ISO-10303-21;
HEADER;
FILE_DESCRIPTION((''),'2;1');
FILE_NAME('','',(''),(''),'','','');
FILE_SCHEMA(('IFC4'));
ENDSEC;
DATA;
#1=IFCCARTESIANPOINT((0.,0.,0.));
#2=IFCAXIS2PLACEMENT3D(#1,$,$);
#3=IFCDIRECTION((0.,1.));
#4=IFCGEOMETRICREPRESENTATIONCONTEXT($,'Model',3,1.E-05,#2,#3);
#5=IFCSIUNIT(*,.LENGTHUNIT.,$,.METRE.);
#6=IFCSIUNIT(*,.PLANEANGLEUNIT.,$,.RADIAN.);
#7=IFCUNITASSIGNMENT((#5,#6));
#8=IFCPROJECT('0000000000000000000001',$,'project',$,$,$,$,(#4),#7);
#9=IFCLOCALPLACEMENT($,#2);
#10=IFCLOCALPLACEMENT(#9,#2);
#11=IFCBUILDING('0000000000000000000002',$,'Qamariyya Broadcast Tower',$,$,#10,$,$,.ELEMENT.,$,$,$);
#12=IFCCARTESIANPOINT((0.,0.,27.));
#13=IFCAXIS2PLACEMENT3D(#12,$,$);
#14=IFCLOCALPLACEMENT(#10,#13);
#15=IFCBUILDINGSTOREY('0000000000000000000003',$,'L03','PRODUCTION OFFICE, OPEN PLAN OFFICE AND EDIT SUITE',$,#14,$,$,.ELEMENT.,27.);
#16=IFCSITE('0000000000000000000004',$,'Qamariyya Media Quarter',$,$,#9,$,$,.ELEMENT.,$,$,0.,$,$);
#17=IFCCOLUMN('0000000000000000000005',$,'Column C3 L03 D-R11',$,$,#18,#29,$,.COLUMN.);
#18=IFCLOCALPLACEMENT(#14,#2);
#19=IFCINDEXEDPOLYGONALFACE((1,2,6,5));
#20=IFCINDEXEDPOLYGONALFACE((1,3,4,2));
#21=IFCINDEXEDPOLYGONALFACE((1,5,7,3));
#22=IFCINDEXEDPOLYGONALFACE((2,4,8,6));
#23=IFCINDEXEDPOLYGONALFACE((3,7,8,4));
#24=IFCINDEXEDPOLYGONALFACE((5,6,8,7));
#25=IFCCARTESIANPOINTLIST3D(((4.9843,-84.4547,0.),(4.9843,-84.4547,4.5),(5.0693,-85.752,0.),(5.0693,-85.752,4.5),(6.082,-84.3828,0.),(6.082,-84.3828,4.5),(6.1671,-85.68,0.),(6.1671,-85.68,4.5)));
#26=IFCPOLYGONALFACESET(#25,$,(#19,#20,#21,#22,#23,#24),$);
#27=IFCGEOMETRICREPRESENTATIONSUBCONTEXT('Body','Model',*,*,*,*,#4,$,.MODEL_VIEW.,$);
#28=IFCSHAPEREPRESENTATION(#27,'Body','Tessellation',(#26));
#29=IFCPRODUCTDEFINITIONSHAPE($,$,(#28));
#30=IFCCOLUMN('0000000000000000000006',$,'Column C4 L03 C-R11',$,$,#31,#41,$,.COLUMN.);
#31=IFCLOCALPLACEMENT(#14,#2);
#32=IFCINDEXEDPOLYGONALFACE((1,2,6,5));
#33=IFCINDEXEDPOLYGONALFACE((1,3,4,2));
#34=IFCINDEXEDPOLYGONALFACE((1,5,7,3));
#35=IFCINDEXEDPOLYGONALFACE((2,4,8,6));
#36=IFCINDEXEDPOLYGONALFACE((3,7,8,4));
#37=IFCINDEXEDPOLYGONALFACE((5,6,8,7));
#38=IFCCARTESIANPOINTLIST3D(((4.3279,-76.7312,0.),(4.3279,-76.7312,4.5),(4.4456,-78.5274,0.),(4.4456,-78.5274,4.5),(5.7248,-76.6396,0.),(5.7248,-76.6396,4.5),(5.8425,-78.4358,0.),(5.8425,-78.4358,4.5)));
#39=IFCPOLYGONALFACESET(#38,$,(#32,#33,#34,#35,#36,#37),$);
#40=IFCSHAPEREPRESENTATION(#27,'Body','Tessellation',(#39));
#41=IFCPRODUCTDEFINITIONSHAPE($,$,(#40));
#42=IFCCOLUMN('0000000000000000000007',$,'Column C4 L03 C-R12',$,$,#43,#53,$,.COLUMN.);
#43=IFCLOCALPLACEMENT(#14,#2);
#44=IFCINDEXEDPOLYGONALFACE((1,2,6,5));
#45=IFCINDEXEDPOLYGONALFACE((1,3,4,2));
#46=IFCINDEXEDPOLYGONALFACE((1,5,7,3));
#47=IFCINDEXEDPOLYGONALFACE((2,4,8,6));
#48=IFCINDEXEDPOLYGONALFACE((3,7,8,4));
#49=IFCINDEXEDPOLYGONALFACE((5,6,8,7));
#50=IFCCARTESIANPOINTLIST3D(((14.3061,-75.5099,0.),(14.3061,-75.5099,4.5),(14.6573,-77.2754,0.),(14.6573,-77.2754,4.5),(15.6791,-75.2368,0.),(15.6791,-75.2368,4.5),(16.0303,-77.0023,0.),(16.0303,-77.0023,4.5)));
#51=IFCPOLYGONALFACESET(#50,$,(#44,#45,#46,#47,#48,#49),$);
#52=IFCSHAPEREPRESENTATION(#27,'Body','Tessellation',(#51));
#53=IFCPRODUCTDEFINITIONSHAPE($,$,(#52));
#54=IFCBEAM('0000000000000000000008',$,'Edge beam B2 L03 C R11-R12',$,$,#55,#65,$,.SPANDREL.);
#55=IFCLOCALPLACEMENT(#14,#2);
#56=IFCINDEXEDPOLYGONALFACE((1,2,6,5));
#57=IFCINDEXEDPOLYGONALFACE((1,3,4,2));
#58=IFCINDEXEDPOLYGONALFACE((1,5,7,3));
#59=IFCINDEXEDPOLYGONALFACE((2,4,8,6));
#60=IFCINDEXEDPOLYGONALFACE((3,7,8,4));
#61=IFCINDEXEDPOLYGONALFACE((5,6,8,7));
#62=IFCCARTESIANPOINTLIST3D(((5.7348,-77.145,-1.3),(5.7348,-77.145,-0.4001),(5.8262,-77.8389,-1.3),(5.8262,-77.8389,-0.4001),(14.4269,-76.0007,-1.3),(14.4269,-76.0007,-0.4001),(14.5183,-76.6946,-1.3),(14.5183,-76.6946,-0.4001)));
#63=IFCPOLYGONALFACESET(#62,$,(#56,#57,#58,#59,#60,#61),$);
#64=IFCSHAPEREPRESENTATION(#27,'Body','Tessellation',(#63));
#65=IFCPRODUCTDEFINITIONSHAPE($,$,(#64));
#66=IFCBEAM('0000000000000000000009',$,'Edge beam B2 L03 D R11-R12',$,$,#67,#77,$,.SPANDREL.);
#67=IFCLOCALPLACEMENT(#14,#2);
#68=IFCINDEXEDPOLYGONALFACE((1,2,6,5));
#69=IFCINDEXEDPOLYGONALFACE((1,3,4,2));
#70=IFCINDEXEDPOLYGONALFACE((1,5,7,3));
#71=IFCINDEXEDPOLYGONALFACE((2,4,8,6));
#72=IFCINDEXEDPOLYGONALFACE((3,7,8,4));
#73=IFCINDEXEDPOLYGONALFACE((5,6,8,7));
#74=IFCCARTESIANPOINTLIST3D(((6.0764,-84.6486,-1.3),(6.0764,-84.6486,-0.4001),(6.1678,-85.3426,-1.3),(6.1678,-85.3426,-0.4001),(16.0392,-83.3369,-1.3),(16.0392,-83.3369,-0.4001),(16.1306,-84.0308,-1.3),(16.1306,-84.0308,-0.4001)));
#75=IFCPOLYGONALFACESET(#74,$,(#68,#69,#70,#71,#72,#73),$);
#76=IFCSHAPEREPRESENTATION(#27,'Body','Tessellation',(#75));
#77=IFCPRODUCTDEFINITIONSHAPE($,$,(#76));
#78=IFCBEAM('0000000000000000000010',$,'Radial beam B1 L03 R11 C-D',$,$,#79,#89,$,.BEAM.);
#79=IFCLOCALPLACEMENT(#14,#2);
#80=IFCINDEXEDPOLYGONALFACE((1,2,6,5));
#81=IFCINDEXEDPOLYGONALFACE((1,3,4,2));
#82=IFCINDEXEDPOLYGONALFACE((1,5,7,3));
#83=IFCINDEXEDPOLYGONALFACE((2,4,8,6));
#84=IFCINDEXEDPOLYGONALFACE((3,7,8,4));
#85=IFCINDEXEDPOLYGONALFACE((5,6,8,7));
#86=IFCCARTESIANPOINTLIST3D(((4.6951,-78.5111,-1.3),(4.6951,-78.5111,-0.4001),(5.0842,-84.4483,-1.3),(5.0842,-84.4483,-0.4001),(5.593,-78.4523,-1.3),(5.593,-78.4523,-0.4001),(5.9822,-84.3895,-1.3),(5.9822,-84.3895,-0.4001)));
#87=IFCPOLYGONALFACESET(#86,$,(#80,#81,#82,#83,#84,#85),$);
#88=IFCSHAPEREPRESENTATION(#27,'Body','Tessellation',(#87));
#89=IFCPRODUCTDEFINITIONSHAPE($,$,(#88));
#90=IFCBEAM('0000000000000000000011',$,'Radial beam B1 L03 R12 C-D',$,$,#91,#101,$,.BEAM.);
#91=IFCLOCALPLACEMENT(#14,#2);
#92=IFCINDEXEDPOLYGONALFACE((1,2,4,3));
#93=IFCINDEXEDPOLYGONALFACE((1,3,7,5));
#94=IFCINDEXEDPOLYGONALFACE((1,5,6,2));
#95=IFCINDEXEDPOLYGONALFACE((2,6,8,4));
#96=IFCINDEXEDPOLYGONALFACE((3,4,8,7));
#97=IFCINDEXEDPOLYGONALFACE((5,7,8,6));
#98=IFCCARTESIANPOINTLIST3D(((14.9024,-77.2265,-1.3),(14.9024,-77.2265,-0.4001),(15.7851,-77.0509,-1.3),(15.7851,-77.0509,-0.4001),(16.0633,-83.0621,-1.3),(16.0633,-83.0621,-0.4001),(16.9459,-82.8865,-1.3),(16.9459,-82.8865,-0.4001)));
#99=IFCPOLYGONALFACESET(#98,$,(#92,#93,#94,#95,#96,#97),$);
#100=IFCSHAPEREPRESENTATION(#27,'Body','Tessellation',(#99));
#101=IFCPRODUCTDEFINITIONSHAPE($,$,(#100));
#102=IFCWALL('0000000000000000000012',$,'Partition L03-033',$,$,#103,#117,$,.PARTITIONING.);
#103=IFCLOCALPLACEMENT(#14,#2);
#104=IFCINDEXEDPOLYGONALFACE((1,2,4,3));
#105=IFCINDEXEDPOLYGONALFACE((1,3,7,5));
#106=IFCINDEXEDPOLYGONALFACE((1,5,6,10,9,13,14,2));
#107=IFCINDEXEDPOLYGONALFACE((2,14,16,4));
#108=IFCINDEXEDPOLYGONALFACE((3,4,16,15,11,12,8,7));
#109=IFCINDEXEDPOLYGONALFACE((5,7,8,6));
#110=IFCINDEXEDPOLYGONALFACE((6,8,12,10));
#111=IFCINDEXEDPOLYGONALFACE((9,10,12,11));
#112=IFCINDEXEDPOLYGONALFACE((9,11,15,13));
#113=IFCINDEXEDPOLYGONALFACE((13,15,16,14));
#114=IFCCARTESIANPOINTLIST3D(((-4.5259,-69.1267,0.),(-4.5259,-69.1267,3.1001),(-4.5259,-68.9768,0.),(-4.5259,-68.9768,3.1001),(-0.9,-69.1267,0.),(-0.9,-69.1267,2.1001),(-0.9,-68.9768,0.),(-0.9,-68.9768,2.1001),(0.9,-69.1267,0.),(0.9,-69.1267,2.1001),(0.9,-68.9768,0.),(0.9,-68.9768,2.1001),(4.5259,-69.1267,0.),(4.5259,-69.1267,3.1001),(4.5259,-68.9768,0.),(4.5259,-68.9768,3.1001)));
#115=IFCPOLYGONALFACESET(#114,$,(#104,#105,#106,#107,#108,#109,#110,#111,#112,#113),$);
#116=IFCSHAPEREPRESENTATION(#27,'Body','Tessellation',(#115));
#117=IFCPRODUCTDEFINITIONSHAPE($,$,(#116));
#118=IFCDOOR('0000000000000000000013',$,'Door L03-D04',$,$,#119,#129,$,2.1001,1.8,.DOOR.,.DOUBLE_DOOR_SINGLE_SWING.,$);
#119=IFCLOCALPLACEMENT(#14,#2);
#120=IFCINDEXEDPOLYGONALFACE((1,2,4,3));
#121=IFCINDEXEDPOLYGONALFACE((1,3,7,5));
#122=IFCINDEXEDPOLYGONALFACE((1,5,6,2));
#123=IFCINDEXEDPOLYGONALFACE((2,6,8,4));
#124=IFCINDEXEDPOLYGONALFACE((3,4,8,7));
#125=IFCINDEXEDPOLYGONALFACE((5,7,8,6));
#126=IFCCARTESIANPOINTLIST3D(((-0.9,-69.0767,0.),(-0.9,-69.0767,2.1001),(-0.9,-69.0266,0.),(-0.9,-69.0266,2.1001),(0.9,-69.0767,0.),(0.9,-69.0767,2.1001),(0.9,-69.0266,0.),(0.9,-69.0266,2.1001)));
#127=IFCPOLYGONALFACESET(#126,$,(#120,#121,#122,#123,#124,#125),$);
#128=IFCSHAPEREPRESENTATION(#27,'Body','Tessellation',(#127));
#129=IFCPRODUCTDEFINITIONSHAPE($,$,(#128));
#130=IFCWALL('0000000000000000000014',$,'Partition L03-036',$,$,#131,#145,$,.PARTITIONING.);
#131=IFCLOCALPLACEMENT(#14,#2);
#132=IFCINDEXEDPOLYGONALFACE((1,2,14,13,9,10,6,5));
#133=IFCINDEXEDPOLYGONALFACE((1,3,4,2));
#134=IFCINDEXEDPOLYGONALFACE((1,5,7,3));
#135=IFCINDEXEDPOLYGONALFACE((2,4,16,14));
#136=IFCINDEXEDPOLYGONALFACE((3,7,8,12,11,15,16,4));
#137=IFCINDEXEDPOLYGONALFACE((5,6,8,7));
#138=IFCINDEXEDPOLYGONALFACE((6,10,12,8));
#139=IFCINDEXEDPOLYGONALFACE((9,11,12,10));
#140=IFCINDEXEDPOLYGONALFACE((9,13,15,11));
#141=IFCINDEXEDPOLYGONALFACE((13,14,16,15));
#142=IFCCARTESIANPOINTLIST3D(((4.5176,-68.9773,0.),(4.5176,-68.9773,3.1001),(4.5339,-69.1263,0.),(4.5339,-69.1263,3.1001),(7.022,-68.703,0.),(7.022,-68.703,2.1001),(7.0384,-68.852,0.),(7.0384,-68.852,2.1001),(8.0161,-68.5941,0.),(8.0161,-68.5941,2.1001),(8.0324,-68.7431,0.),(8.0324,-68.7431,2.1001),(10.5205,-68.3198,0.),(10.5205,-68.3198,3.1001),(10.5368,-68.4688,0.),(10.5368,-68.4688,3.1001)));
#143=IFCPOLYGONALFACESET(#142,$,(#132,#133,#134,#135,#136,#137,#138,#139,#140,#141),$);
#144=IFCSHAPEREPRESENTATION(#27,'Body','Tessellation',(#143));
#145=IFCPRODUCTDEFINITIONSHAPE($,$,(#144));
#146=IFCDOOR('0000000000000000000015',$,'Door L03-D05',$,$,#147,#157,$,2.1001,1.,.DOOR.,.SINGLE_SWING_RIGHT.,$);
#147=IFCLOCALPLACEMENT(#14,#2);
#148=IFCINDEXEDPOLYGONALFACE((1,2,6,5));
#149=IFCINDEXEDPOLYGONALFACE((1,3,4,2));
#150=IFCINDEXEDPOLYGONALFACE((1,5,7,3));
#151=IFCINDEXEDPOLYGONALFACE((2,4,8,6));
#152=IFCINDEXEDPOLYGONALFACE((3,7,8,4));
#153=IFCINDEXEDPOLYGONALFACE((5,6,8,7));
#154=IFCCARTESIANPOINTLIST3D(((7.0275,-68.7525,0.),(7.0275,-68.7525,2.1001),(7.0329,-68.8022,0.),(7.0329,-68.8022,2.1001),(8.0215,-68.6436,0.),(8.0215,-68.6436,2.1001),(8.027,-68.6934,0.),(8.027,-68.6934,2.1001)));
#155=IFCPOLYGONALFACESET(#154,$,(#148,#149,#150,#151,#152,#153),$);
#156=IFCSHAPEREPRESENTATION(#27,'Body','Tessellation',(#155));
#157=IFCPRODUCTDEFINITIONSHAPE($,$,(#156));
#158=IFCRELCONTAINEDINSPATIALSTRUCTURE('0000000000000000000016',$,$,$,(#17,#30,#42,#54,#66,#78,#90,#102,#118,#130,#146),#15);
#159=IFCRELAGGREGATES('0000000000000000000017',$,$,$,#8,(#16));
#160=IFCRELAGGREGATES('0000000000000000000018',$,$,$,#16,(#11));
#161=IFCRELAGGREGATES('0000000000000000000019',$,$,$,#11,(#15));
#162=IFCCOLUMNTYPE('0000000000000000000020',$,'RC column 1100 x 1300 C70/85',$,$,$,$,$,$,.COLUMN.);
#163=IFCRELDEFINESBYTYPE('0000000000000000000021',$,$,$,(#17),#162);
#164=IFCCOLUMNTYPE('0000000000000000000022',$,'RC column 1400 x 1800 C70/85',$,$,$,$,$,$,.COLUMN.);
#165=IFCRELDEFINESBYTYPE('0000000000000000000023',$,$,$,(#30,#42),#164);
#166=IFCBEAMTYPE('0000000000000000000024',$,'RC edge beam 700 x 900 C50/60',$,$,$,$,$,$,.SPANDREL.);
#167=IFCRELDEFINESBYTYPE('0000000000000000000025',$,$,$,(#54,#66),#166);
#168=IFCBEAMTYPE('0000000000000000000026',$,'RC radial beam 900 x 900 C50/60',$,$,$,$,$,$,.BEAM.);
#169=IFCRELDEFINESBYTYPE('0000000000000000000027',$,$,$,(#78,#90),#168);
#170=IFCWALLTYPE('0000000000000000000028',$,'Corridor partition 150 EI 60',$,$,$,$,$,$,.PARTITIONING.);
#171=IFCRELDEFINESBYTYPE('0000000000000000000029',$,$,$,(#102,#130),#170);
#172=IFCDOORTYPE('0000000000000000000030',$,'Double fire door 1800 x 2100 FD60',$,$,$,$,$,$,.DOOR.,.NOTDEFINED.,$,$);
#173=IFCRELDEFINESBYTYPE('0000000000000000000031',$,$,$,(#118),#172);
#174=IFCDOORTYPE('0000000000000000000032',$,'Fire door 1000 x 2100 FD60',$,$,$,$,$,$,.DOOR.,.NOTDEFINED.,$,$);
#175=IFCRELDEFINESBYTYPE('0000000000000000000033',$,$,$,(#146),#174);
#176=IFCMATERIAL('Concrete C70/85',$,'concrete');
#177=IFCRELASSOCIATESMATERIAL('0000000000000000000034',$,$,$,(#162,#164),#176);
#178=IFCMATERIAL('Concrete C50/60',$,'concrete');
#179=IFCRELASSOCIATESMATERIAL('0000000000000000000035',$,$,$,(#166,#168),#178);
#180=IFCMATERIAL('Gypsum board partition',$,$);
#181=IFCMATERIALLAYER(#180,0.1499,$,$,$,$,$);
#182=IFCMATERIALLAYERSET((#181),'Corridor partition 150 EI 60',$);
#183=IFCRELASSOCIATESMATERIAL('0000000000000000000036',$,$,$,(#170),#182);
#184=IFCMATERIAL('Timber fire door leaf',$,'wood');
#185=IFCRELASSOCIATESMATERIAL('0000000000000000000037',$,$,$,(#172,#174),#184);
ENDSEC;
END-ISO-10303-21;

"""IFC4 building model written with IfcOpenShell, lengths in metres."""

from ifc_helpers import new_model, si_unit, direction, frame, frame_2d, origin, origin_2d, place, context, subcontext, project, spatial, rectangle, extrude, material, layer, layer_set, material_profile, profile_set, type_object, element, fill, save


model = new_model("IFC4")

# Units and contexts
model_context = context("Model", 3, precision=1e-05, world=origin(), true_north=direction((0.0, 1.0)))
body_context = subcontext(model_context, "Body", "Model", "MODEL_VIEW")
ifc_project = project(units=[si_unit("LENGTHUNIT", "METRE"), si_unit("PLANEANGLEUNIT", "RADIAN")], contexts=[model_context])

# Site, building, storey
site_placement = place(None, origin())
site = spatial("IfcSite", under=ifc_project, at=site_placement, Name="Qamariyya Media Quarter", CompositionType="ELEMENT", RefElevation=0.0)
building_placement = place(site_placement, origin())
building = spatial("IfcBuilding", under=site, at=building_placement, Name="Qamariyya Broadcast Tower", CompositionType="ELEMENT")
storey_placement = place(building_placement, frame((0.0, 0.0, 27.0)))
storey = spatial("IfcBuildingStorey", under=building, at=storey_placement, Name="L03", Description="PRODUCTION OFFICE, OPEN PLAN OFFICE AND EDIT SUITE", CompositionType="ELEMENT", Elevation=27.0)

# Columns
ifc_material_1 = material(Name="Concrete C70/85", Category="concrete")
ifc_material_profile_1 = material_profile(ifc_material_1, rectangle(XDim=1.1001, YDim=1.3, at=origin_2d()))
ifc_profile_set_1 = profile_set([ifc_material_profile_1], Name="Concrete C70/85")
column_type_1 = type_object("IfcColumnType", Name="RC column 1100 x 1300 C70/85", PredefinedType="COLUMN", material=ifc_profile_set_1)
column_placement = place(storey_placement, frame((5.5757, -85.0674, 0.0), z_axis=(0.0, 0.0, 1.0), x_axis=(0.997859, 0.065403, 0.0)))
element("IfcColumn", 1, at=column_placement, inside=storey, type_object=column_type_1, Name="Column C3 L03 D-R11", PredefinedType="COLUMN", context=body_context, shape_type="SweptSolid", body=[
    extrude(rectangle(XDim=1.1001, YDim=1.3, at=origin_2d()), origin(), (0.0, 0.0, 1.0), 4.5),
])
ifc_material_profile_2 = material_profile(ifc_material_1, rectangle(XDim=1.3999, YDim=1.8, at=origin_2d()))
ifc_profile_set_2 = profile_set([ifc_material_profile_2], Name="Concrete C70/85")
column_type_2 = type_object("IfcColumnType", Name="RC column 1400 x 1800 C70/85", PredefinedType="COLUMN", material=ifc_profile_set_2)
for number, where, z_axis, x_axis, name in (
    (2, (5.0852, -77.5835, 0.0), (0.0, 0.0, 1.0), (0.997859, 0.065403, 0.0), "Column C4 L03 C-R11"),
    (3, (15.1682, -76.2561, 0.0), (0.0, 0.0, 1.0), (0.980785, 0.19509, 0.0), "Column C4 L03 C-R12"),
):
    element("IfcColumn", number, at=place(storey_placement, frame(where, z_axis=z_axis, x_axis=x_axis)), inside=storey, type_object=column_type_2, Name=name, PredefinedType="COLUMN", context=body_context, shape_type="SweptSolid", body=[
        extrude(rectangle(XDim=1.3999, YDim=1.8, at=origin_2d()), origin(), (0.0, 0.0, 1.0), 4.5),
    ])

# Beams
ifc_material_2 = material(Name="Concrete C50/60", Category="concrete")
ifc_material_profile_3 = material_profile(ifc_material_2, rectangle(XDim=0.7, YDim=0.8999, at=origin_2d()))
ifc_profile_set_3 = profile_set([ifc_material_profile_3], Name="Concrete C50/60")
beam_type_1 = type_object("IfcBeamType", Name="RC edge beam 700 x 900 C50/60", PredefinedType="SPANDREL", material=ifc_profile_set_3)
beam_1_placement = place(storey_placement, frame((5.7805, -77.4919, -0.8501), z_axis=(0.991446, 0.13052, 0.0), x_axis=(-0.13052, 0.991446, 0.0)))
element("IfcBeam", 4, at=beam_1_placement, inside=storey, type_object=beam_type_1, Name="Edge beam B2 L03 C R11-R12", PredefinedType="SPANDREL", context=body_context, shape_type="SweptSolid", body=[
    extrude(rectangle(XDim=0.7, YDim=0.8999, at=origin_2d()), origin(), (0.0, 0.0, 1.0), 8.7671),
])
beam_2_placement = place(storey_placement, frame((6.1221, -84.9956, -0.8501), z_axis=(0.991443, 0.130539, 0.0), x_axis=(-0.130539, 0.991443, 0.0)))
element("IfcBeam", 5, at=beam_2_placement, inside=storey, type_object=beam_type_1, Name="Edge beam B2 L03 D R11-R12", PredefinedType="SPANDREL", context=body_context, shape_type="SweptSolid", body=[
    extrude(rectangle(XDim=0.7, YDim=0.8999, at=origin_2d()), origin(), (0.0, 0.0, 1.0), 10.0488),
])
ifc_material_profile_4 = material_profile(ifc_material_2, rectangle(XDim=0.8999, YDim=0.8999, at=origin_2d()))
ifc_profile_set_4 = profile_set([ifc_material_profile_4], Name="Concrete C50/60")
beam_type_2 = type_object("IfcBeamType", Name="RC radial beam 900 x 900 C50/60", PredefinedType="BEAM", material=ifc_profile_set_4)
for number, where, z_axis, x_axis, name in (
    (6, (5.144, -78.4817, -0.8501), (0.065405, -0.997859, 0.0), (0.997859, 0.065405, 0.0), "Radial beam B1 L03 R11 C-D"),
    (7, (15.3438, -77.1387, -0.8501), (0.195106, -0.980782, 0.0), (0.980782, 0.195106, 0.0), "Radial beam B1 L03 R12 C-D"),
):
    element("IfcBeam", number, at=place(storey_placement, frame(where, z_axis=z_axis, x_axis=x_axis)), inside=storey, type_object=beam_type_2, Name=name, PredefinedType="BEAM", context=body_context, shape_type="SweptSolid", body=[
        extrude(rectangle(XDim=0.8999, YDim=0.8999, at=origin_2d()), origin(), (0.0, 0.0, 1.0), 5.95),
    ])

# Walls, openings, doors
ifc_material_3 = material(Name="Gypsum board partition")
ifc_layer_1 = layer(ifc_material_3, 0.1499)
ifc_layer_set_1 = layer_set([ifc_layer_1], Name="Corridor partition 150 EI 60")
wall_type_1 = type_object("IfcWallType", Name="Corridor partition 150 EI 60", PredefinedType="PARTITIONING", material=ifc_layer_set_1)
wall_1_placement = place(storey_placement, frame((4.5259, -69.0518, 0.0), z_axis=(0.0, 0.0, 1.0), x_axis=(-1.0, 0.0, 0.0)))
wall_1 = element("IfcWall", 8, at=wall_1_placement, inside=storey, type_object=wall_type_1, Name="Partition L03-033", PredefinedType="PARTITIONING", context=body_context, shape_type="SweptSolid", body=[
    extrude(rectangle(XDim=9.0518, YDim=0.1499, at=frame_2d((4.5259, 0.0))), origin(), (0.0, 0.0, 1.0), 3.1001),
])
opening_1_placement = place(wall_1_placement, frame((3.626, 0.0, 0.0)))
opening_1 = element("IfcOpeningElement", 9, at=opening_1_placement, cuts=wall_1, PredefinedType="OPENING", context=body_context, shape_type="SweptSolid", body=[
    extrude(rectangle(XDim=1.8, YDim=2.1001, at=frame_2d((0.8999, 1.05))), frame((0.0, 0.085, 0.0), z_axis=(0.0, -1.0, 0.0), x_axis=(1.0, 0.0, 0.0)), (0.0, 0.0, 1.0), 0.1699),
])
ifc_material_4 = material(Name="Timber fire door leaf", Category="wood")
door_type_1 = type_object("IfcDoorType", Name="Double fire door 1800 x 2100 FD60", OperationType="NOTDEFINED", PredefinedType="DOOR", material=ifc_material_4)
door_1_placement = place(opening_1_placement, origin())
door_1 = element("IfcDoor", 10, at=door_1_placement, inside=storey, type_object=door_type_1, Name="Door L03-D04", OperationType="DOUBLE_DOOR_SINGLE_SWING", OverallHeight=2.1001, OverallWidth=1.8, PredefinedType="DOOR", context=body_context, shape_type="SweptSolid", body=[
    extrude(rectangle(XDim=1.8, YDim=2.1001, at=frame_2d((0.8999, 1.05))), frame((0.0, 0.0249, 0.0), z_axis=(0.0, -1.0, 0.0), x_axis=(1.0, 0.0, 0.0)), (0.0, 0.0, 1.0), 0.05),
])
fill(opening_1, door_1)
wall_2_placement = place(storey_placement, frame((10.5288, -68.3943, 0.0), z_axis=(0.0, 0.0, 1.0), x_axis=(-0.994056, -0.108874, 0.0)))
wall_2 = element("IfcWall", 11, at=wall_2_placement, inside=storey, type_object=wall_type_1, Name="Partition L03-036", PredefinedType="PARTITIONING", context=body_context, shape_type="SweptSolid", body=[
    extrude(rectangle(XDim=6.0388, YDim=0.1499, at=frame_2d((3.0195, 0.0))), origin(), (0.0, 0.0, 1.0), 3.1001),
])
opening_2_placement = place(wall_2_placement, frame((2.5195, 0.0, 0.0)))
opening_2 = element("IfcOpeningElement", 12, at=opening_2_placement, cuts=wall_2, PredefinedType="OPENING", context=body_context, shape_type="SweptSolid", body=[
    extrude(rectangle(XDim=1.0, YDim=2.1001, at=frame_2d((0.5, 1.05))), frame((0.0, 0.085, 0.0), z_axis=(0.0, -1.0, 0.0), x_axis=(1.0, 0.0, 0.0)), (0.0, 0.0, 1.0), 0.1699),
])
door_type_2 = type_object("IfcDoorType", Name="Fire door 1000 x 2100 FD60", OperationType="NOTDEFINED", PredefinedType="DOOR", material=ifc_material_4)
door_2_placement = place(opening_2_placement, origin())
door_2 = element("IfcDoor", 13, at=door_2_placement, inside=storey, type_object=door_type_2, Name="Door L03-D05", OperationType="SINGLE_SWING_RIGHT", OverallHeight=2.1001, OverallWidth=1.0, PredefinedType="DOOR", context=body_context, shape_type="SweptSolid", body=[
    extrude(rectangle(XDim=1.0, YDim=2.1001, at=frame_2d((0.5, 1.05))), frame((0.0, 0.0249, 0.0), z_axis=(0.0, -1.0, 0.0), x_axis=(1.0, 0.0, 0.0)), (0.0, 0.0, 1.0), 0.05),
])
fill(opening_2, door_2)

save(model, "model.ifc")
